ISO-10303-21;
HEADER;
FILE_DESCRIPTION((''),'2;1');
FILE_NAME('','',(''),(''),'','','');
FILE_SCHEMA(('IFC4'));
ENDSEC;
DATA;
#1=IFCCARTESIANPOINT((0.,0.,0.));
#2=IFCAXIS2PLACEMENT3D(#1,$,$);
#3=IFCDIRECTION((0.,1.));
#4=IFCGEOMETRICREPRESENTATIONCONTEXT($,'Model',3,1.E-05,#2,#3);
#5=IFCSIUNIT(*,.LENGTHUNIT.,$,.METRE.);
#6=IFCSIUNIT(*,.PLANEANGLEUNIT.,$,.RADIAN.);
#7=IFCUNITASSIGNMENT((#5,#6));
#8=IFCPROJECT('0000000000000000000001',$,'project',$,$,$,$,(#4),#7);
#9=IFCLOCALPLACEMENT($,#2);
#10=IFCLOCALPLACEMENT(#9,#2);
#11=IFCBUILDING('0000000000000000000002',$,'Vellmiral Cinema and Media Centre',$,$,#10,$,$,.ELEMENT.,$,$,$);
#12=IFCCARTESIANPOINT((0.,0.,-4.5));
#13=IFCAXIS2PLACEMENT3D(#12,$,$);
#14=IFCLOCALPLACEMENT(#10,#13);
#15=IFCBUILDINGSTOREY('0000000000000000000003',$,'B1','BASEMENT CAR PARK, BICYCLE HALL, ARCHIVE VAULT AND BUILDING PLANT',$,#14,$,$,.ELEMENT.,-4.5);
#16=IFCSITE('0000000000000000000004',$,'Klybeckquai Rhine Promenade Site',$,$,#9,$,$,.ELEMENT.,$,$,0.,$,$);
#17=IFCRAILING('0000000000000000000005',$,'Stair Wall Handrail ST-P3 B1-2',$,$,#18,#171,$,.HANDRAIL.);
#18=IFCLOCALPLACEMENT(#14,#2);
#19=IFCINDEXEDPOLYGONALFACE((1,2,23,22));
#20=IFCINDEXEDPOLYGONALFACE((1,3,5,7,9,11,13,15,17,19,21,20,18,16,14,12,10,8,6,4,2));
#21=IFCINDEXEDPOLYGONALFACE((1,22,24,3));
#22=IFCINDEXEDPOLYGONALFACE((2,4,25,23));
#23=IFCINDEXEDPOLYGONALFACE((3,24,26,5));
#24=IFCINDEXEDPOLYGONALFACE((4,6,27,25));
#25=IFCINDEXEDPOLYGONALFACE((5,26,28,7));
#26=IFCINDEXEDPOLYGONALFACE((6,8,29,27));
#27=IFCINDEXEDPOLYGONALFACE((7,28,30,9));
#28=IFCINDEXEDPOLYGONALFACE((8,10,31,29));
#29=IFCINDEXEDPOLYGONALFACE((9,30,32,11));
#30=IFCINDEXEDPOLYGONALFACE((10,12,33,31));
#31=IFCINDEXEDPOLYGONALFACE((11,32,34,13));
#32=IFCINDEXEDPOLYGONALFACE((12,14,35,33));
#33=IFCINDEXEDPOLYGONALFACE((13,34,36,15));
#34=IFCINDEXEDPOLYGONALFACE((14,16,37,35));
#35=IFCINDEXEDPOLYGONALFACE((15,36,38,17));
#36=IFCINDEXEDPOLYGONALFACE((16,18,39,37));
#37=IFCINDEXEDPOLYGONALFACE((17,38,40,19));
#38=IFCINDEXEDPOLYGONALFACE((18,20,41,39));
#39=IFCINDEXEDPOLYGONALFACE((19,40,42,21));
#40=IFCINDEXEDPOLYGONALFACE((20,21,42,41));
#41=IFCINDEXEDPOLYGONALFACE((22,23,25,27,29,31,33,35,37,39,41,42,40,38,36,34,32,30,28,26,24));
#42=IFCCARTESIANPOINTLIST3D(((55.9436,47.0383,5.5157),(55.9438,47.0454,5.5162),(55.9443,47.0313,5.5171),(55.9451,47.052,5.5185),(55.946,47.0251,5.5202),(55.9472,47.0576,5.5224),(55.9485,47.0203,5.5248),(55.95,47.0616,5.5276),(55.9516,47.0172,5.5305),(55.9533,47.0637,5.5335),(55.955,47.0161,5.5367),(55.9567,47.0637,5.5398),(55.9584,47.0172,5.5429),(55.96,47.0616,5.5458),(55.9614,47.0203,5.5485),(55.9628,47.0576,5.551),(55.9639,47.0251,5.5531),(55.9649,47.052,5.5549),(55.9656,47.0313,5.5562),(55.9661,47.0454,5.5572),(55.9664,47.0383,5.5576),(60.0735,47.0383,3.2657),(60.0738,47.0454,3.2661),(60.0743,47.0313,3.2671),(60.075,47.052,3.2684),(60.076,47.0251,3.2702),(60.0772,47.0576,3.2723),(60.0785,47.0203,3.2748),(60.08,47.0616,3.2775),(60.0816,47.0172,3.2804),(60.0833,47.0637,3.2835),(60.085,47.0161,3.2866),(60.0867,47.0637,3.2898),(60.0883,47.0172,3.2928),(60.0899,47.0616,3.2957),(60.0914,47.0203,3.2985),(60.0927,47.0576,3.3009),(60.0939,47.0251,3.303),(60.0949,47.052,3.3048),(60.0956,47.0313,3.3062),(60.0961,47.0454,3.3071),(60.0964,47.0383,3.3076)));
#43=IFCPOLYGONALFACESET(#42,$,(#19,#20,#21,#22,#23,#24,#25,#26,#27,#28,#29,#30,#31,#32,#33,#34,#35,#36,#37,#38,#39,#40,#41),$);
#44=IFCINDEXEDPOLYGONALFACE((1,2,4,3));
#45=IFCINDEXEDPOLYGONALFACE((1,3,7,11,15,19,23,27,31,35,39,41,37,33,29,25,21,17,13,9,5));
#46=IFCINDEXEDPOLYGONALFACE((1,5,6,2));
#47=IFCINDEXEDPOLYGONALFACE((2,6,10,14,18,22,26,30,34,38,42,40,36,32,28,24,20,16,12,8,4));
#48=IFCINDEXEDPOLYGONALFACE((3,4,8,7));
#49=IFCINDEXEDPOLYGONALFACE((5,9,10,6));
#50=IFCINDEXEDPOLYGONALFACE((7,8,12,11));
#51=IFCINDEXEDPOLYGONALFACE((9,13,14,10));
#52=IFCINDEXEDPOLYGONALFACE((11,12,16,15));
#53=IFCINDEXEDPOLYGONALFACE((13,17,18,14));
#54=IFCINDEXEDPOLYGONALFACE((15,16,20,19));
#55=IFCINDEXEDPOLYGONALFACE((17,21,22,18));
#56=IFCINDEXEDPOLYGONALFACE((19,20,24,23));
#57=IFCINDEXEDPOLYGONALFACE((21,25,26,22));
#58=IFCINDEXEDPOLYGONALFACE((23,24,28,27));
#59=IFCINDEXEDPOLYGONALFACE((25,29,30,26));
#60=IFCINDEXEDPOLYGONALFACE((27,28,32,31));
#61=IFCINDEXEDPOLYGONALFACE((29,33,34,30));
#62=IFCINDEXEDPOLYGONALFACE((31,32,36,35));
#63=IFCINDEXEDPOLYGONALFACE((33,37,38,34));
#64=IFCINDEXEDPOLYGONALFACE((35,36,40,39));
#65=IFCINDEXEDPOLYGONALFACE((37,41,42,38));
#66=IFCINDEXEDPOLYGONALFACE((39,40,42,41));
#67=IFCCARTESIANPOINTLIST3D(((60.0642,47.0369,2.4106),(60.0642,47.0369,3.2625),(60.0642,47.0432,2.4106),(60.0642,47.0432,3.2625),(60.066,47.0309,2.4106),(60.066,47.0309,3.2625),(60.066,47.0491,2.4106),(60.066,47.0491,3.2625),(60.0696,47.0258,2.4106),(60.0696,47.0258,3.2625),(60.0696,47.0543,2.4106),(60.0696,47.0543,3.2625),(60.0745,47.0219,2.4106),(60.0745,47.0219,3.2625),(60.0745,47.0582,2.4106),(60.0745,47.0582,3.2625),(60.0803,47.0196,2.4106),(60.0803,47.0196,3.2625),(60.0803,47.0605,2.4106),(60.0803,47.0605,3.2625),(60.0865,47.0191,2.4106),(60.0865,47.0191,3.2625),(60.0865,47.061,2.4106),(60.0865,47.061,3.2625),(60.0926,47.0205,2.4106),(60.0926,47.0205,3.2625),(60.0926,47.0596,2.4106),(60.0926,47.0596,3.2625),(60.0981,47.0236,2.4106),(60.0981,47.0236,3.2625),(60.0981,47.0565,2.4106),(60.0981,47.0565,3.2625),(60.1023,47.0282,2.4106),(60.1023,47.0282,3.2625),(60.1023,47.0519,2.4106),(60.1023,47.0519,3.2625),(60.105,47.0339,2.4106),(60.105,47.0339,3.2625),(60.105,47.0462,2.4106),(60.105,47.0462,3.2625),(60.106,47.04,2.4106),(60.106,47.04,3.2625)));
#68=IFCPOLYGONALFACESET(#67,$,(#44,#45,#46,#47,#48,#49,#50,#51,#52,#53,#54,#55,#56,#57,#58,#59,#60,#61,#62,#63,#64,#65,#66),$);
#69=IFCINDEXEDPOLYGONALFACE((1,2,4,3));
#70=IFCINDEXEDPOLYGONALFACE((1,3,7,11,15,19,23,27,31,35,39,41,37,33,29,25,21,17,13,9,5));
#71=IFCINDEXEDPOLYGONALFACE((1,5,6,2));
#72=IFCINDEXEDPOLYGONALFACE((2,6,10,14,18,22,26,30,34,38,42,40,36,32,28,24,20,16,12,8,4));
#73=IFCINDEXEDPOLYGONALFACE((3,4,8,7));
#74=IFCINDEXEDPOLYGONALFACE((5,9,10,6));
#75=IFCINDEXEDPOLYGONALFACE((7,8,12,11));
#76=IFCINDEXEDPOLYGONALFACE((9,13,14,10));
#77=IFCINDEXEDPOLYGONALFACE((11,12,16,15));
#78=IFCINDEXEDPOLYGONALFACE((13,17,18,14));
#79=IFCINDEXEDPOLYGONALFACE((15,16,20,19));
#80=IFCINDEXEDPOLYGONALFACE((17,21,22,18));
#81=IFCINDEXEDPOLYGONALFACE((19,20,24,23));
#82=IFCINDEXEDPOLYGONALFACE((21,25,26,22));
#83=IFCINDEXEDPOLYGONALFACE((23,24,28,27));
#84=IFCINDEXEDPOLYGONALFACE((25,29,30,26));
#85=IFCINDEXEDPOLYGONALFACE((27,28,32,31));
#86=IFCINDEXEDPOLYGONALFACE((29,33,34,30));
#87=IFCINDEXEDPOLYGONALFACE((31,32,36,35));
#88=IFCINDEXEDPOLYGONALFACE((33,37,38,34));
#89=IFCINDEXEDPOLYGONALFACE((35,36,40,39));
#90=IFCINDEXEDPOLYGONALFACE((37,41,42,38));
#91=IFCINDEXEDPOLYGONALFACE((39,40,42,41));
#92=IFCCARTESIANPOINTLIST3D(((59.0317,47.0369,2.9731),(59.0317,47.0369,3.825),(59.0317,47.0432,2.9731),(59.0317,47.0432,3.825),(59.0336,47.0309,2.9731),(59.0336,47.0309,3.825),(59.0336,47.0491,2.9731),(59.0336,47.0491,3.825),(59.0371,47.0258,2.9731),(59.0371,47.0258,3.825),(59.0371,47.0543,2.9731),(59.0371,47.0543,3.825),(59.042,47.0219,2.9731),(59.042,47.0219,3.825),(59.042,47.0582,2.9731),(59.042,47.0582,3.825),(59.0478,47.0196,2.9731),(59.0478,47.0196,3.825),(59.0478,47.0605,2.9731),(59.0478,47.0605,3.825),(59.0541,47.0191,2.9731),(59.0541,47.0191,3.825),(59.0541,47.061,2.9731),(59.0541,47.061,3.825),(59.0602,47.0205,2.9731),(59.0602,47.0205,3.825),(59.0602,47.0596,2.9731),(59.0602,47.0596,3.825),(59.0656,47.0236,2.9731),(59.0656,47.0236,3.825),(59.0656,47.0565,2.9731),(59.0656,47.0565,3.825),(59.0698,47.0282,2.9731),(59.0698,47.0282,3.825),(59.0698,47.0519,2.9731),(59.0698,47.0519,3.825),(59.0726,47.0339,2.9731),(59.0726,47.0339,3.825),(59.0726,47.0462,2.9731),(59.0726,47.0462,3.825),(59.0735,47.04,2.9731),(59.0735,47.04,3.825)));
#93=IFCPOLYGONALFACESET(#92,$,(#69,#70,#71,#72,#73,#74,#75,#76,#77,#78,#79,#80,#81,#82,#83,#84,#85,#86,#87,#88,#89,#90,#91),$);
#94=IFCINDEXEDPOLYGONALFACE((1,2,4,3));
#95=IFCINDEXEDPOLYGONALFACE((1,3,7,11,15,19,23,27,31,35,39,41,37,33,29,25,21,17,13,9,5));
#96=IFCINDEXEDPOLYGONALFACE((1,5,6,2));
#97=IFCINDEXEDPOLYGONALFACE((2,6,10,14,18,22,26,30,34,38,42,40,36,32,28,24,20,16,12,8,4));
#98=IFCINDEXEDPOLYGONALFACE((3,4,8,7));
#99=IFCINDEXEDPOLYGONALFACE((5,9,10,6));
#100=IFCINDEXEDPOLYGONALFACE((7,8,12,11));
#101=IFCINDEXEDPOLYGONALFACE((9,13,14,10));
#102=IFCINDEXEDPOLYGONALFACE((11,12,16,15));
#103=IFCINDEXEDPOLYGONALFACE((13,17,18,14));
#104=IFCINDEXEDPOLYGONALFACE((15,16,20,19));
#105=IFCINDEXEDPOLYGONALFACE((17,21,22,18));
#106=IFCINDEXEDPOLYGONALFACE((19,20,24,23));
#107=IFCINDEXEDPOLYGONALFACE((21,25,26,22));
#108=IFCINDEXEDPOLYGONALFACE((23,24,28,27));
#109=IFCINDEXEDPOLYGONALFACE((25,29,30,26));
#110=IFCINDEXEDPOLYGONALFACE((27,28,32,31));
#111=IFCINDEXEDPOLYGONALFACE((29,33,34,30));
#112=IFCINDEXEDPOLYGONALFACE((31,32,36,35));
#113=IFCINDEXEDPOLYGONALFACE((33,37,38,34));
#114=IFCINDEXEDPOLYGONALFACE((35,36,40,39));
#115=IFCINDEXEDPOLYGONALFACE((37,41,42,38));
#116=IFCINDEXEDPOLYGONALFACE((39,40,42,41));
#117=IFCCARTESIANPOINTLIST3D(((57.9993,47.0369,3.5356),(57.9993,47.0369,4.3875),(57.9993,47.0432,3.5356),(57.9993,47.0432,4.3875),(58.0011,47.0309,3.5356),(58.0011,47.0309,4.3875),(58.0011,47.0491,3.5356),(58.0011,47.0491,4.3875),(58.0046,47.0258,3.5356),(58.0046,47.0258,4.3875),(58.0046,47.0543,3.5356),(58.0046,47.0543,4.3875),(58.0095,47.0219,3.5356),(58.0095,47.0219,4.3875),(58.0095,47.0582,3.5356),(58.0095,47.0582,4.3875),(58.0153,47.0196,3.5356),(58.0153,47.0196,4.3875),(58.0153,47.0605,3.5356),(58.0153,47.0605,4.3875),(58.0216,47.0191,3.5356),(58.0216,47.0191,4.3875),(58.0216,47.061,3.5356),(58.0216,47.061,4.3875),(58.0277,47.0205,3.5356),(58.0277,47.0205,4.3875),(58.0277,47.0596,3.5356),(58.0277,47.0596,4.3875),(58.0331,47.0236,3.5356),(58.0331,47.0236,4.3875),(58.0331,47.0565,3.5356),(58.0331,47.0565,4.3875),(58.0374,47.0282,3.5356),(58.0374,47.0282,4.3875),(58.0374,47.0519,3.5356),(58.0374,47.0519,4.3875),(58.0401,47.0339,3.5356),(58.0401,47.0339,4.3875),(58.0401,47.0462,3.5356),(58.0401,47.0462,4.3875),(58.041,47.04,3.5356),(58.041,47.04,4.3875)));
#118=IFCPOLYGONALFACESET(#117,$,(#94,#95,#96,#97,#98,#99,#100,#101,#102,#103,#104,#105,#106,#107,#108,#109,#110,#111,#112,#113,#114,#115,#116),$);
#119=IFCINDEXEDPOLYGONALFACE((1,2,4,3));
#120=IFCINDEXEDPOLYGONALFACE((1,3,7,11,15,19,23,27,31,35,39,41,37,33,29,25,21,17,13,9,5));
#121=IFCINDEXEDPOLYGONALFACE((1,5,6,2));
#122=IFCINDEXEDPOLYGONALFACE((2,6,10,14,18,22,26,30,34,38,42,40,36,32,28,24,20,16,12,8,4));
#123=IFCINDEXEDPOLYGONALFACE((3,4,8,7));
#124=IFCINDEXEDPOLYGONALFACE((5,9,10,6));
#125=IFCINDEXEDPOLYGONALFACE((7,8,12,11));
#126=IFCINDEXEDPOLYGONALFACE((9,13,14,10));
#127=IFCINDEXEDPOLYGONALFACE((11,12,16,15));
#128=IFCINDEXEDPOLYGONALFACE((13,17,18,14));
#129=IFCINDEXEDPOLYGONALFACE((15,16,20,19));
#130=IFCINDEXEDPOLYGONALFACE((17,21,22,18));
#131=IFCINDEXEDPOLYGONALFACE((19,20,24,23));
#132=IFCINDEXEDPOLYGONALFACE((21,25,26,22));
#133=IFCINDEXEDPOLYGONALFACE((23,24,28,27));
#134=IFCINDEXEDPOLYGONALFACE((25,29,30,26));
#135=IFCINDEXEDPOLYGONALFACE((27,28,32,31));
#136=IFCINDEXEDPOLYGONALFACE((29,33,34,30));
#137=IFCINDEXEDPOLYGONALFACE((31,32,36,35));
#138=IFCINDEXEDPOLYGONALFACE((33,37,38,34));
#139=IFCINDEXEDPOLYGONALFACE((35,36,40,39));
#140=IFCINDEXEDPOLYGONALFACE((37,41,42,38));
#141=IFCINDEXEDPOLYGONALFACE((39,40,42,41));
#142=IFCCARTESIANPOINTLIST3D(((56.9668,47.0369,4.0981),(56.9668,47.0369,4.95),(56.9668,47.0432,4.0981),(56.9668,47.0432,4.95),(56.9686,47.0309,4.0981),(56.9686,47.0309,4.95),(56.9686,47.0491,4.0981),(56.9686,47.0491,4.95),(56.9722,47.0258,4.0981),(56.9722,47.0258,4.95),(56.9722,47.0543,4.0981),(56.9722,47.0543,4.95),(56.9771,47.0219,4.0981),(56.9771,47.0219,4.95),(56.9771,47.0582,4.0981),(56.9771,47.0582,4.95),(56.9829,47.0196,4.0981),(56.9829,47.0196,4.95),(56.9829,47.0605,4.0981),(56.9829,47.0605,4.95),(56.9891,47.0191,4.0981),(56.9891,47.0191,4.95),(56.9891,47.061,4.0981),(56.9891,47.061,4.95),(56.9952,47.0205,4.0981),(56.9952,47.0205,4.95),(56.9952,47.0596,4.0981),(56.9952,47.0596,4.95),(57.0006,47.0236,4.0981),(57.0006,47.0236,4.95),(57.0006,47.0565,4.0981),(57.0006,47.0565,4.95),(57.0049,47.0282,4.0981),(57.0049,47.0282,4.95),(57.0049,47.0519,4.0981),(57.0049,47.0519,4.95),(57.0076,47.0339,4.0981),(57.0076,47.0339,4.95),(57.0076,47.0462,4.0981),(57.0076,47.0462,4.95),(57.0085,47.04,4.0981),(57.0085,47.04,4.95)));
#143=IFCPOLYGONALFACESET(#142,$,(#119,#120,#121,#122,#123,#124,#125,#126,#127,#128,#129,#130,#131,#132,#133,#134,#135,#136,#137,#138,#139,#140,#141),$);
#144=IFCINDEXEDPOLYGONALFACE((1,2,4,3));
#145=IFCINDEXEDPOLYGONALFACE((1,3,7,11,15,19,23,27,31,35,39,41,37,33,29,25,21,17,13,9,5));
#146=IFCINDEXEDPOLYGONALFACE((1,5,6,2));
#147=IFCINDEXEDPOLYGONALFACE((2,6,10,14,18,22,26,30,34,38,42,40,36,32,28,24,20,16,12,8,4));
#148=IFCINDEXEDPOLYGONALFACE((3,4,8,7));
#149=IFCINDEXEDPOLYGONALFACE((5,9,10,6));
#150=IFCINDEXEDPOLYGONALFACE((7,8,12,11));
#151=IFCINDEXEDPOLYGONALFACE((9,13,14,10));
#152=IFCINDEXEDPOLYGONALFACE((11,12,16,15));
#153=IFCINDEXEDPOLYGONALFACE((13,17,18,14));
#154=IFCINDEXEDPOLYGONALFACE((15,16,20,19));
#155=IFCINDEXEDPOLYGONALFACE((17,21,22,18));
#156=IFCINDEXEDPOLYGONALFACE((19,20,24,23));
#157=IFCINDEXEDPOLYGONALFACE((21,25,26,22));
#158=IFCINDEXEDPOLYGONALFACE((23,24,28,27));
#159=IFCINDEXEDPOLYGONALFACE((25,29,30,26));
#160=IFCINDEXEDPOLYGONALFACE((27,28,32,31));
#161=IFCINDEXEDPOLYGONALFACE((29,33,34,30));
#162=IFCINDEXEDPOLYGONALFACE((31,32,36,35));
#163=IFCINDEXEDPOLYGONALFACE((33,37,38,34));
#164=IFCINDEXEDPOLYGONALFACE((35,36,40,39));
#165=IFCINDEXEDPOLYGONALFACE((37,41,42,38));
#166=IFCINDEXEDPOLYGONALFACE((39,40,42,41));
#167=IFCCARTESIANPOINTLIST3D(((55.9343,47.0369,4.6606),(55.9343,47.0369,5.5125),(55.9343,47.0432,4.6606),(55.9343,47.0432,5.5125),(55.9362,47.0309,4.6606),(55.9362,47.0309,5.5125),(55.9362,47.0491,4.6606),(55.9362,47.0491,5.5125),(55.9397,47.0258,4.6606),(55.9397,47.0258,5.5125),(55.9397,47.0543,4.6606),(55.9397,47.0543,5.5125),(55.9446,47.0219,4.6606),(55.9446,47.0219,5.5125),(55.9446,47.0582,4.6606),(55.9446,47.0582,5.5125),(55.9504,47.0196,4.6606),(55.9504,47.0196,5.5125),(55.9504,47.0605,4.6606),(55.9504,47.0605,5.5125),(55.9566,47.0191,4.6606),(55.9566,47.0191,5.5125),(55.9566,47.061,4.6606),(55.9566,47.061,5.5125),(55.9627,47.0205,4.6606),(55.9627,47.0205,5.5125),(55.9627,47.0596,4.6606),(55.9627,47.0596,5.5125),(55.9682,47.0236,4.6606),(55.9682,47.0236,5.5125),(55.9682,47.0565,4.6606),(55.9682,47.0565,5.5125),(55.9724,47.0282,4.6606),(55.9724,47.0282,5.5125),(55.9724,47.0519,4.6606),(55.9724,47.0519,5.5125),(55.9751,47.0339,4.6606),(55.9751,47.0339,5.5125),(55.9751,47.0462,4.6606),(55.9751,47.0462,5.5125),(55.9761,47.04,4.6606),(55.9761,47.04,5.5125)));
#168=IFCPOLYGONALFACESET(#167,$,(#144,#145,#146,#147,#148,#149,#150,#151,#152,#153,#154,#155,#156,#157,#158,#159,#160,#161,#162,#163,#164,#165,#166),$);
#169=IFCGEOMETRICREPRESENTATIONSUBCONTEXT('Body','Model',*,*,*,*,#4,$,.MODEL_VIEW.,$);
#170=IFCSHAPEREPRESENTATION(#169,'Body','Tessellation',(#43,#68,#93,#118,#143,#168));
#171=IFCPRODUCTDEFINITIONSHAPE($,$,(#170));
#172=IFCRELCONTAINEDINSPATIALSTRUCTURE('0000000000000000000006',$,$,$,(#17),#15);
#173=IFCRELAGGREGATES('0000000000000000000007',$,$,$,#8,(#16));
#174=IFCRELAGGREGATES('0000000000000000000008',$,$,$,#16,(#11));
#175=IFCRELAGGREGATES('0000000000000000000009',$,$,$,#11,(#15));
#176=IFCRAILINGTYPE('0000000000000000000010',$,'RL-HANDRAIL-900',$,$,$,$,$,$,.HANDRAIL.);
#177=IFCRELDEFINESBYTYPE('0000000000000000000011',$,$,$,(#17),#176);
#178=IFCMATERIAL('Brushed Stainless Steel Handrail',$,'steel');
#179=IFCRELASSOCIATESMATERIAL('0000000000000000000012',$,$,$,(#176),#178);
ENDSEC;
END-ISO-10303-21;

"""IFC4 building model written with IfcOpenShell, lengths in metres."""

from ifc_helpers import new_model, si_unit, direction, frame, origin, origin_2d, place, context, subcontext, project, spatial, circle, extrude, material, type_object, element, save


model = new_model("IFC4")

# Units and contexts
model_context = context("Model", 3, precision=1e-05, world=origin(), true_north=direction((0.0, 1.0)))
body_context = subcontext(model_context, "Body", "Model", "MODEL_VIEW")
ifc_project = project(units=[si_unit("LENGTHUNIT", "METRE"), si_unit("PLANEANGLEUNIT", "RADIAN")], contexts=[model_context])

# Site, building, storey
site_placement = place(None, origin())
site = spatial("IfcSite", under=ifc_project, at=site_placement, Name="Klybeckquai Rhine Promenade Site", CompositionType="ELEMENT", RefElevation=0.0)
building_placement = place(site_placement, origin())
building = spatial("IfcBuilding", under=site, at=building_placement, Name="Vellmiral Cinema and Media Centre", CompositionType="ELEMENT")
storey_placement = place(building_placement, frame((0.0, 0.0, -4.5)))
storey = spatial("IfcBuildingStorey", under=building, at=storey_placement, Name="B1", Description="BASEMENT CAR PARK, BICYCLE HALL, ARCHIVE VAULT AND BUILDING PLANT", CompositionType="ELEMENT", Elevation=-4.5)

# Railing
ifc_material_1 = material(Name="Brushed Stainless Steel Handrail", Category="steel")
railing_type_1 = type_object("IfcRailingType", Name="RL-HANDRAIL-900", PredefinedType="HANDRAIL", material=ifc_material_1)
railing_1_placement = place(storey_placement, frame((60.085, 47.04, 2.4106)))
element("IfcRailing", 1, at=railing_1_placement, inside=storey, type_object=railing_type_1, Name="Stair Wall Handrail ST-P3 B1-2", PredefinedType="HANDRAIL", context=body_context, shape_type="SweptSolid", body=[
    extrude(circle(Radius=0.0239, at=origin_2d()), frame((0.0, 0.0, 0.876), z_axis=(-0.878134, 0.0, 0.478416), x_axis=(0.0, -1.0, 0.0)), (0.0, 0.0, 1.0), 4.7031),
    extrude(circle(Radius=0.021, at=origin_2d()), origin(), (0.0, 0.0, 1.0), 0.8518),
    extrude(circle(Radius=0.021, at=origin_2d()), frame((-1.0325, 0.0, 0.5625)), (0.0, 0.0, 1.0), 0.8518),
    extrude(circle(Radius=0.021, at=origin_2d()), frame((-2.0649, 0.0, 1.125)), (0.0, 0.0, 1.0), 0.8518),
    extrude(circle(Radius=0.021, at=origin_2d()), frame((-3.0974, 0.0, 1.6875)), (0.0, 0.0, 1.0), 0.8518),
    extrude(circle(Radius=0.021, at=origin_2d()), frame((-4.1299, 0.0, 2.25)), (0.0, 0.0, 1.0), 0.8518),
])

save(model, "model.ifc")
